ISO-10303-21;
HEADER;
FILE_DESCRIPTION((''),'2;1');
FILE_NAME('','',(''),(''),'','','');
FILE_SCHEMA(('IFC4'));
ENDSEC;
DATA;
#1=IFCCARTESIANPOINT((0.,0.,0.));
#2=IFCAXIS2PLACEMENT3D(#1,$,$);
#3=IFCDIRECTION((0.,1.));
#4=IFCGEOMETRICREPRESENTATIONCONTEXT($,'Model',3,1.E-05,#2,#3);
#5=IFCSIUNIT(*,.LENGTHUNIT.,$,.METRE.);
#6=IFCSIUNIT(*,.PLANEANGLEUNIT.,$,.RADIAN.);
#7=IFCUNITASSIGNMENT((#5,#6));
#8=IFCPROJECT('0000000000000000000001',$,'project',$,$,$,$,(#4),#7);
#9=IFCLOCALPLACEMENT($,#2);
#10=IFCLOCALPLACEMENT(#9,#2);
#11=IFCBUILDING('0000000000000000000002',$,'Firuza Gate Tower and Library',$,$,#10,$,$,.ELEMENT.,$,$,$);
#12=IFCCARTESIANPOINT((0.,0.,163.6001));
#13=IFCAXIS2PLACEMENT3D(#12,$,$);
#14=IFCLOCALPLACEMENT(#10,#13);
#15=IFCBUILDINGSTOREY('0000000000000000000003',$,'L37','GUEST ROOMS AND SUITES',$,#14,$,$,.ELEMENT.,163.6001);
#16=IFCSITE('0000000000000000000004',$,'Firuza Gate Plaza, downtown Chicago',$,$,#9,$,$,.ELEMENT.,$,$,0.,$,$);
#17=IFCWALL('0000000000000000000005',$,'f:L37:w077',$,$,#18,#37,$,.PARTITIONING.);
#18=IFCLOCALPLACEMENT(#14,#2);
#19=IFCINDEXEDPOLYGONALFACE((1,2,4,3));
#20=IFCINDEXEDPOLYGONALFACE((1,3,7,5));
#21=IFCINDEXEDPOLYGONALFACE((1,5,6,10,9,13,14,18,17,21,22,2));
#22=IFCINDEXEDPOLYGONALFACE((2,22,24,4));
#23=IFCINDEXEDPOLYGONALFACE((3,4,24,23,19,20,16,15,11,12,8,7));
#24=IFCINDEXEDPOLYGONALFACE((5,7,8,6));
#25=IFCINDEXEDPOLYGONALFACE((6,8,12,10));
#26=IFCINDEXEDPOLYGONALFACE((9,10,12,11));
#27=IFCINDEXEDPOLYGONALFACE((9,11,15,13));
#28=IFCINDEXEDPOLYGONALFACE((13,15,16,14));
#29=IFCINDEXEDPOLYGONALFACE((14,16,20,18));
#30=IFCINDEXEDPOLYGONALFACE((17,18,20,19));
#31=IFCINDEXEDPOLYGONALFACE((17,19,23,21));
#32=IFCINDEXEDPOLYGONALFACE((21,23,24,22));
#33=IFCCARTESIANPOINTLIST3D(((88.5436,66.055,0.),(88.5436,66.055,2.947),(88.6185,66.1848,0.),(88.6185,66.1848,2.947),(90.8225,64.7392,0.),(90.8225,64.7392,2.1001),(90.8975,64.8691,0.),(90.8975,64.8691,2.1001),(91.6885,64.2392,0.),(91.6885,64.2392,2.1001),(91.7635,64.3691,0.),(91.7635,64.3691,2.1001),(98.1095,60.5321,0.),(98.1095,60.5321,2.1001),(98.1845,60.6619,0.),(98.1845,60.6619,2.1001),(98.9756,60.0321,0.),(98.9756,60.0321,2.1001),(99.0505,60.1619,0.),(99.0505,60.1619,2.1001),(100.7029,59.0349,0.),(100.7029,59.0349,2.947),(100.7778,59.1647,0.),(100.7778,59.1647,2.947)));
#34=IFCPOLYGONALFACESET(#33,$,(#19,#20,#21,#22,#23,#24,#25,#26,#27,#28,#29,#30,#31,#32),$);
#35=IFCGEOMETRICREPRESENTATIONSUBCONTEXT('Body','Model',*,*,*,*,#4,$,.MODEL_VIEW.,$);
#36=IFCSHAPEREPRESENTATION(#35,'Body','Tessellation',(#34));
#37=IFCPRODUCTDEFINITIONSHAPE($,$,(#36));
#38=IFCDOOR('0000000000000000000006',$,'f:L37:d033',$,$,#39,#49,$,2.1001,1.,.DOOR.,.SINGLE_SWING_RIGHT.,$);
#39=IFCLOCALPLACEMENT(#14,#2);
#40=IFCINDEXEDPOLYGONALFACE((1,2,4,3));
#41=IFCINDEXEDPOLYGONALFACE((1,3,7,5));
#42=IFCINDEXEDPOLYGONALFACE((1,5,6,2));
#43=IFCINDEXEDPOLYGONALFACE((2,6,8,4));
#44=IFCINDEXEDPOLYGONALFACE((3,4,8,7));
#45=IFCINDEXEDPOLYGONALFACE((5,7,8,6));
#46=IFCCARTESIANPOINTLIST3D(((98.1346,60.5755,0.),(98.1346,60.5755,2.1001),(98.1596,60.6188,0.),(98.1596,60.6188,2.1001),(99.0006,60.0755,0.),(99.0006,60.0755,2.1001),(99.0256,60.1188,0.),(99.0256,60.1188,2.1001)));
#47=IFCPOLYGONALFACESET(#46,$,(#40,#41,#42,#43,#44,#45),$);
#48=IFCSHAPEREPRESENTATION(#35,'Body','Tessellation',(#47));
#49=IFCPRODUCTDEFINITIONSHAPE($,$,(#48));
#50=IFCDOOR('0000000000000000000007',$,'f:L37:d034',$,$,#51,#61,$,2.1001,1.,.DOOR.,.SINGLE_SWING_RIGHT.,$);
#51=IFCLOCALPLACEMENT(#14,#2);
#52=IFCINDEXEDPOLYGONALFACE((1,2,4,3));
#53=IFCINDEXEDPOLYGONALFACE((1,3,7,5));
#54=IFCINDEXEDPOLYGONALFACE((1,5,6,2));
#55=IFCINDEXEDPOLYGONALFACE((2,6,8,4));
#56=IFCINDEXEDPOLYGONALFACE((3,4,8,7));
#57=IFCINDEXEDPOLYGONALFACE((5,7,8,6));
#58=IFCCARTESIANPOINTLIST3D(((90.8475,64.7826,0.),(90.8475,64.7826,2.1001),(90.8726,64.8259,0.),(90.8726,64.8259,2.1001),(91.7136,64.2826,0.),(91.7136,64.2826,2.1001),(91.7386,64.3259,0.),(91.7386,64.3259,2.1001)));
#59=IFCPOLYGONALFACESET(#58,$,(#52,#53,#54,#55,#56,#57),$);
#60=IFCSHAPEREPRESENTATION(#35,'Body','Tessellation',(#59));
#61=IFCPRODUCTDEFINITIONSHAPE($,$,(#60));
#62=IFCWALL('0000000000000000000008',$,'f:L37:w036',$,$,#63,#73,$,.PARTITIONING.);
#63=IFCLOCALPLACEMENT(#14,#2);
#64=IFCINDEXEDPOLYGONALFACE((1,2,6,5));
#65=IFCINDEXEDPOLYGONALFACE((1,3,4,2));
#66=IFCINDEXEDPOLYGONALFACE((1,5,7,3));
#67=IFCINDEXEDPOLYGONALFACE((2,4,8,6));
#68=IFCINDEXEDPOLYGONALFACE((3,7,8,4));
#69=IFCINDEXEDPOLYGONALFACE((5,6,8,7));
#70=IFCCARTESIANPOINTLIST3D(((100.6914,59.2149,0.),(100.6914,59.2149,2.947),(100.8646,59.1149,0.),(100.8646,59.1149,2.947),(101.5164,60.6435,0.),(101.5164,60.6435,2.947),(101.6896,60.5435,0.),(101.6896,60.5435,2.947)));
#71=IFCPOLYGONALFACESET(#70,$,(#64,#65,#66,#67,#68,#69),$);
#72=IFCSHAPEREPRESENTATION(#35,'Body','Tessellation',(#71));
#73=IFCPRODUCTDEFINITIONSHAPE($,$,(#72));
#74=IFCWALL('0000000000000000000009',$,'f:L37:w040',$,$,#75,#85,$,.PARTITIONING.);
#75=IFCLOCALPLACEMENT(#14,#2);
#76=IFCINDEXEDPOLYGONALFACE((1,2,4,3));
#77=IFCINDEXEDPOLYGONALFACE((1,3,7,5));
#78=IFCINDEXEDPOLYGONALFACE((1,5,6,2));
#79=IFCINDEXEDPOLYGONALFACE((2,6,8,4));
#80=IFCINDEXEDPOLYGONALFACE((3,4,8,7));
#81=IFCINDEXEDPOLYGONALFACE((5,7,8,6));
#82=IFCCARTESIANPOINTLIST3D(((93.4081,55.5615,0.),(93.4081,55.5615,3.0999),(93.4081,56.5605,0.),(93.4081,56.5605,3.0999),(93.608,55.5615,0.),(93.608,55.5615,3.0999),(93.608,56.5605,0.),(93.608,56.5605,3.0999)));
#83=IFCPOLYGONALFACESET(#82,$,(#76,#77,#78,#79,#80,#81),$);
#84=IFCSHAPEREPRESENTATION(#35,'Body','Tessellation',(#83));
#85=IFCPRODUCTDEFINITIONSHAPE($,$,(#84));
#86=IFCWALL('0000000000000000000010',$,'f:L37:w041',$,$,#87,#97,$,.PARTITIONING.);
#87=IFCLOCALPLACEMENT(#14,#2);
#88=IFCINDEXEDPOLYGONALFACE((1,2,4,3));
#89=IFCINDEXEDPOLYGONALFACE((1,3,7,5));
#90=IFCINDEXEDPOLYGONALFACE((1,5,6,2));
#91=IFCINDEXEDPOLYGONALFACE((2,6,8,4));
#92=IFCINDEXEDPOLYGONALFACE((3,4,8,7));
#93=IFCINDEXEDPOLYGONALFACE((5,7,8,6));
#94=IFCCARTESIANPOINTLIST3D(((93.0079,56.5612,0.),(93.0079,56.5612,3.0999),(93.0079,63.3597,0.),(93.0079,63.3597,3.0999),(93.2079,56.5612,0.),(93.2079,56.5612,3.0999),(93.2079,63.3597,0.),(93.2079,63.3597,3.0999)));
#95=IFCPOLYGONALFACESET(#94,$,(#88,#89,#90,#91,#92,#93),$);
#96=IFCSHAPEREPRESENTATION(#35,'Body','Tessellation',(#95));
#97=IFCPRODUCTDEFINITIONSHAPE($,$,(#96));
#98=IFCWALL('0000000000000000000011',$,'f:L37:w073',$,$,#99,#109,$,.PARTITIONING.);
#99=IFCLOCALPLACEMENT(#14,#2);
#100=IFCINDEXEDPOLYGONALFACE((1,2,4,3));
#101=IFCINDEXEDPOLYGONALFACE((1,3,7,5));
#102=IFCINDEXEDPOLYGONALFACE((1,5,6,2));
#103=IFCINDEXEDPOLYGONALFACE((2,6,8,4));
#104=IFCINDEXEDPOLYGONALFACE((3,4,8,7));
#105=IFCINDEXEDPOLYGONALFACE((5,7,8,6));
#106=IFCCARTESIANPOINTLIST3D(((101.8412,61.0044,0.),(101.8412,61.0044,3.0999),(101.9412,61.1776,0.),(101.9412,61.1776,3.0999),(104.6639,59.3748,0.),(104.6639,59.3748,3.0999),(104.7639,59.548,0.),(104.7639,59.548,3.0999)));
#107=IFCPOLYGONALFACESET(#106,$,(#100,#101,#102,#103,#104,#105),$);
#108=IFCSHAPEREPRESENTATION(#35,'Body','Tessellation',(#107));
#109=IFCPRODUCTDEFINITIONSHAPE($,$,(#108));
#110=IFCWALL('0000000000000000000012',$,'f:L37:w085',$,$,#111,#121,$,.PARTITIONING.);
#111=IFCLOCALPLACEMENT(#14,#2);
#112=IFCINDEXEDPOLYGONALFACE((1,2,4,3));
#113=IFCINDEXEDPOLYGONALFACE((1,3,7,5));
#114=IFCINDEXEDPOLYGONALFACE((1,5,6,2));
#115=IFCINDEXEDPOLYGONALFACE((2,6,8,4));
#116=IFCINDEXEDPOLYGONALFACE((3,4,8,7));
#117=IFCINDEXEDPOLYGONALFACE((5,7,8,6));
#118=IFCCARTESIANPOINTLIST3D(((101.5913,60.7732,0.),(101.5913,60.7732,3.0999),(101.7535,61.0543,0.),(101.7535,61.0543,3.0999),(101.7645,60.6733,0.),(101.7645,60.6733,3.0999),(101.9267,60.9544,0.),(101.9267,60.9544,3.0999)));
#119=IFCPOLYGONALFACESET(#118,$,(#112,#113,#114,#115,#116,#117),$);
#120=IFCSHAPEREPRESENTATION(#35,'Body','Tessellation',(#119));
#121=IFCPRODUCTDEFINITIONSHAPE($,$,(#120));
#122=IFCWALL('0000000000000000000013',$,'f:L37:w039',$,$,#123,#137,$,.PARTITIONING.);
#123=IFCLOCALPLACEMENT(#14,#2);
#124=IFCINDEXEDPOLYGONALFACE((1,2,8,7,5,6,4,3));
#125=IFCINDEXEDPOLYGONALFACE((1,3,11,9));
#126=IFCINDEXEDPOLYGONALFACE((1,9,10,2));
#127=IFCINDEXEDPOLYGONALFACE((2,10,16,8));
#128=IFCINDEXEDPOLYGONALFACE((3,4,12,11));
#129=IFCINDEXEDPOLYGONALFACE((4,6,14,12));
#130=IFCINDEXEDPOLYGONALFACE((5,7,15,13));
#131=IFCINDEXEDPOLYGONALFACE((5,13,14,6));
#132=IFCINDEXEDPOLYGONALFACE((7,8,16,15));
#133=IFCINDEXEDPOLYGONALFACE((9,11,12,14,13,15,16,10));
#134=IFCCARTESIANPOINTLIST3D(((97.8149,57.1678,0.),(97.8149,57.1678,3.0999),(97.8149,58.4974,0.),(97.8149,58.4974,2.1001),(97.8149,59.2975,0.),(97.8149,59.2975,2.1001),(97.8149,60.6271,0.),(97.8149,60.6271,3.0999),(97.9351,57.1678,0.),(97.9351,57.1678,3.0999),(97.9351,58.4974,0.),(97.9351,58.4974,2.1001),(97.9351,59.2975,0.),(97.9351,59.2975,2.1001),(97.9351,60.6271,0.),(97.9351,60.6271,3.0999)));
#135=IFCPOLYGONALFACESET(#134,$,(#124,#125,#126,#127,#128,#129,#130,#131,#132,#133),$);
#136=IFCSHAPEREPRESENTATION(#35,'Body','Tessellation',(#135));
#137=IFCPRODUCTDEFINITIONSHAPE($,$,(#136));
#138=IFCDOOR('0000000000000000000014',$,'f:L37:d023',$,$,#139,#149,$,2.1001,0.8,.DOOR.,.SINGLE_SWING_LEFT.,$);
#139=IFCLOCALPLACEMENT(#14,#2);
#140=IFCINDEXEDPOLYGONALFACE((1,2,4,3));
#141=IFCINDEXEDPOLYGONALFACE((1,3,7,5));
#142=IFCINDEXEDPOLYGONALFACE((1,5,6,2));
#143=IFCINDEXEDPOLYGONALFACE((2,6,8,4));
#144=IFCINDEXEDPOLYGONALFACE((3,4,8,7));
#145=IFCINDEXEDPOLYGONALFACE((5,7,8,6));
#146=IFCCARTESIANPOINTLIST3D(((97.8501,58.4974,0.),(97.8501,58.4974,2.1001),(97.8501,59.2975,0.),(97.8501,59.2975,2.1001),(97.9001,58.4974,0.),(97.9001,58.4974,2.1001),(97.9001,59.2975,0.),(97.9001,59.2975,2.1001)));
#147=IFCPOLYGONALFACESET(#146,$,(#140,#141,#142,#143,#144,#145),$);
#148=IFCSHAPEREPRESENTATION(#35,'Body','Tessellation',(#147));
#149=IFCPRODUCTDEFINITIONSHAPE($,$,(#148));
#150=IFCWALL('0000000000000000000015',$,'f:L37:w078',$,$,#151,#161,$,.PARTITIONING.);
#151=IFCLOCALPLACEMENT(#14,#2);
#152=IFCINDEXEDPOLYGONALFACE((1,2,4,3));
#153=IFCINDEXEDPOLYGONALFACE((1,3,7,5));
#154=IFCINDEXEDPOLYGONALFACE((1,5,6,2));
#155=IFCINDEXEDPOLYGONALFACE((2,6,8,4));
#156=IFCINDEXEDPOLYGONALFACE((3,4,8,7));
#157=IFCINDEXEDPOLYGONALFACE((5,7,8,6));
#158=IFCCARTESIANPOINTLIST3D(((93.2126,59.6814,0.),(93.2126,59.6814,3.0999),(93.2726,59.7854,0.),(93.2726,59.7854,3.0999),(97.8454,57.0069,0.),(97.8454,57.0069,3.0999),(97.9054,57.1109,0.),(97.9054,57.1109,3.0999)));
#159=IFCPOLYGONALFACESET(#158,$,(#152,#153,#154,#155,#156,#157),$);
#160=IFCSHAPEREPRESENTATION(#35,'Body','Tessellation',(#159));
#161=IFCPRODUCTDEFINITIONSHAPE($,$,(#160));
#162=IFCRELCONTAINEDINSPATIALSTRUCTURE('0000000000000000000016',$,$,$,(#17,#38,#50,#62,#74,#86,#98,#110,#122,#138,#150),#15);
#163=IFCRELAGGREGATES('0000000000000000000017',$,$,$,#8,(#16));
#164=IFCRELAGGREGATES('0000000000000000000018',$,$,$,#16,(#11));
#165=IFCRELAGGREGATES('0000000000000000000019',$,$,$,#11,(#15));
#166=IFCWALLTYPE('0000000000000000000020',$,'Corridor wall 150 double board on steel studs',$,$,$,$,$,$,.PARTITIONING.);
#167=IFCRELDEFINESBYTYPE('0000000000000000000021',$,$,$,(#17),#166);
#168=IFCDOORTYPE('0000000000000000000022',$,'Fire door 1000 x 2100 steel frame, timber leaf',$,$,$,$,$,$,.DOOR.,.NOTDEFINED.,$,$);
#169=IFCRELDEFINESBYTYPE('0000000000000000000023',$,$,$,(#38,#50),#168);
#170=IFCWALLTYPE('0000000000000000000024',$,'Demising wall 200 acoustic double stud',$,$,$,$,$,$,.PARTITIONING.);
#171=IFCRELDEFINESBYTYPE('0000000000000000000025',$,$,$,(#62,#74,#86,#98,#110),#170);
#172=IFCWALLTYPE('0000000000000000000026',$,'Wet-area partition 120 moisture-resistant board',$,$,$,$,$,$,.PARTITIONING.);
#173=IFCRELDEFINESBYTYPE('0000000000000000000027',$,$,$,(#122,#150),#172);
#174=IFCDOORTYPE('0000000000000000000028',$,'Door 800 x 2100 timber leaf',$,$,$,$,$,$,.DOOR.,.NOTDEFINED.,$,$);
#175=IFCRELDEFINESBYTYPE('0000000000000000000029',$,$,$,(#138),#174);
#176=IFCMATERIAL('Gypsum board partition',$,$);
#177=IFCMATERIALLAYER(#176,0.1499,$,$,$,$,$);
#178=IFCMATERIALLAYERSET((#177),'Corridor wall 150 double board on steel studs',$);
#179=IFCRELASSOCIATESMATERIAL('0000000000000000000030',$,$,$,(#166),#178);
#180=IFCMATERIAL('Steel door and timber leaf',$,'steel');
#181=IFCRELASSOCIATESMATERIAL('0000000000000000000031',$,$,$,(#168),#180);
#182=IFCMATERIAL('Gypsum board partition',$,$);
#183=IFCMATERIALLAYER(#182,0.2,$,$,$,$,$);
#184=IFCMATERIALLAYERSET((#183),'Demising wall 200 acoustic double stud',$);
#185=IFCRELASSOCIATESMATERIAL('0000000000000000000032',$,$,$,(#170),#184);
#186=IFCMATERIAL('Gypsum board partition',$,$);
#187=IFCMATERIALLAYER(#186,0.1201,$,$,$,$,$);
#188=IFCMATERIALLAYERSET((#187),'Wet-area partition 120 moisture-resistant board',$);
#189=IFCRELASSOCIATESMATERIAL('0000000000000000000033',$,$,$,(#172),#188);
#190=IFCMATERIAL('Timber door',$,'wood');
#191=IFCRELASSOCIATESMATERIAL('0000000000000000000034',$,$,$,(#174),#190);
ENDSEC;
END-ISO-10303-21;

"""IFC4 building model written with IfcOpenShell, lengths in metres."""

from ifc_helpers import new_model, si_unit, direction, frame, frame_2d, origin, place, context, subcontext, project, spatial, rectangle, extrude, material, layer, layer_set, type_object, element, fill, save


model = new_model("IFC4")

# Units and contexts
model_context = context("Model", 3, precision=1e-05, world=origin(), true_north=direction((0.0, 1.0)))
body_context = subcontext(model_context, "Body", "Model", "MODEL_VIEW")
ifc_project = project(units=[si_unit("LENGTHUNIT", "METRE"), si_unit("PLANEANGLEUNIT", "RADIAN")], contexts=[model_context])

# Site, building, storey
site_placement = place(None, origin())
site = spatial("IfcSite", under=ifc_project, at=site_placement, Name="Firuza Gate Plaza, downtown Chicago", CompositionType="ELEMENT", RefElevation=0.0)
building_placement = place(site_placement, origin())
building = spatial("IfcBuilding", under=site, at=building_placement, Name="Firuza Gate Tower and Library", CompositionType="ELEMENT")
storey_placement = place(building_placement, frame((0.0, 0.0, 163.6001)))
storey = spatial("IfcBuildingStorey", under=building, at=storey_placement, Name="L37", Description="GUEST ROOMS AND SUITES", CompositionType="ELEMENT", Elevation=163.6001)

# Wall, openings, doors
ifc_material_1 = material(Name="Gypsum board partition")
ifc_layer_1 = layer(ifc_material_1, 0.1499)
ifc_layer_set_1 = layer_set([ifc_layer_1], Name="Corridor wall 150 double board on steel studs")
wall_type_1 = type_object("IfcWallType", Name="Corridor wall 150 double board on steel studs", PredefinedType="PARTITIONING", material=ifc_layer_set_1)
wall_1_placement = place(storey_placement, frame((100.7402, 59.0999, 0.0), z_axis=(0.0, 0.0, 1.0), x_axis=(-0.866028, 0.499995, 0.0)))
wall_1 = element("IfcWall", 1, at=wall_1_placement, inside=storey, type_object=wall_type_1, Name="f:L37:w077", PredefinedType="PARTITIONING", context=body_context, shape_type="SweptSolid", body=[
    extrude(rectangle(XDim=14.0403, YDim=0.1499, at=frame_2d((7.02, 0.0))), origin(), (0.0, 0.0, 1.0), 2.947),
])
opening_1_placement = place(wall_1_placement, frame((1.9944, 0.0, 0.0)))
opening_1 = element("IfcOpeningElement", 2, at=opening_1_placement, cuts=wall_1, PredefinedType="OPENING", context=body_context, shape_type="SweptSolid", body=[
    extrude(rectangle(XDim=1.0, YDim=2.1001, at=frame_2d((0.5, 1.05))), frame((0.0, 0.085, 0.0), z_axis=(0.0, -1.0, 0.0), x_axis=(1.0, 0.0, 0.0)), (0.0, 0.0, 1.0), 0.1699),
])
opening_2_placement = place(wall_1_placement, frame((10.4087, 0.0, 0.0)))
opening_2 = element("IfcOpeningElement", 3, at=opening_2_placement, cuts=wall_1, PredefinedType="OPENING", context=body_context, shape_type="SweptSolid", body=[
    extrude(rectangle(XDim=1.0, YDim=2.1001, at=frame_2d((0.5, 1.05))), frame((0.0, 0.085, 0.0), z_axis=(0.0, -1.0, 0.0), x_axis=(1.0, 0.0, 0.0)), (0.0, 0.0, 1.0), 0.1699),
])
ifc_material_2 = material(Name="Steel door and timber leaf", Category="steel")
door_type_1 = type_object("IfcDoorType", Name="Fire door 1000 x 2100 steel frame, timber leaf", OperationType="NOTDEFINED", PredefinedType="DOOR", material=ifc_material_2)
door_1_placement = place(opening_1_placement, origin())
door_1 = element("IfcDoor", 4, at=door_1_placement, inside=storey, type_object=door_type_1, Name="f:L37:d033", OperationType="SINGLE_SWING_RIGHT", OverallHeight=2.1001, OverallWidth=1.0, PredefinedType="DOOR", context=body_context, shape_type="SweptSolid", body=[
    extrude(rectangle(XDim=1.0, YDim=2.1001, at=frame_2d((0.5, 1.05))), frame((0.0, 0.0249, 0.0), z_axis=(0.0, -1.0, 0.0), x_axis=(1.0, 0.0, 0.0)), (0.0, 0.0, 1.0), 0.05),
])
fill(opening_1, door_1)
door_2_placement = place(opening_2_placement, origin())
door_2 = element("IfcDoor", 5, at=door_2_placement, inside=storey, type_object=door_type_1, Name="f:L37:d034", OperationType="SINGLE_SWING_RIGHT", OverallHeight=2.1001, OverallWidth=1.0, PredefinedType="DOOR", context=body_context, shape_type="SweptSolid", body=[
    extrude(rectangle(XDim=1.0, YDim=2.1001, at=frame_2d((0.5, 1.05))), frame((0.0, 0.0249, 0.0), z_axis=(0.0, -1.0, 0.0), x_axis=(1.0, 0.0, 0.0)), (0.0, 0.0, 1.0), 0.05),
])
fill(opening_2, door_2)

# Walls
ifc_material_3 = material(Name="Gypsum board partition")
ifc_layer_2 = layer(ifc_material_3, 0.2)
ifc_layer_set_2 = layer_set([ifc_layer_2], Name="Demising wall 200 acoustic double stud")
wall_type_2 = type_object("IfcWallType", Name="Demising wall 200 acoustic double stud", PredefinedType="PARTITIONING", material=ifc_layer_set_2)
wall_2_placement = place(storey_placement, frame((100.7781, 59.165, 0.0), z_axis=(0.0, 0.0, 1.0), x_axis=(0.500103, 0.865966, 0.0)))
element("IfcWall", 6, at=wall_2_placement, inside=storey, type_object=wall_type_2, Name="f:L37:w036", PredefinedType="PARTITIONING", context=body_context, shape_type="SweptSolid", body=[
    extrude(rectangle(XDim=1.6497, YDim=0.2, at=frame_2d((0.8247, 0.0))), origin(), (0.0, 0.0, 1.0), 2.947),
])
wall_3_placement = place(storey_placement, frame((93.5081, 55.5615, 0.0), z_axis=(0.0, 0.0, 1.0), x_axis=(0.0, 1.0, 0.0)))
element("IfcWall", 7, at=wall_3_placement, inside=storey, type_object=wall_type_2, Name="f:L37:w040", PredefinedType="PARTITIONING", context=body_context, shape_type="SweptSolid", body=[
    extrude(rectangle(XDim=0.999, YDim=0.2, at=frame_2d((0.4995, 0.0))), origin(), (0.0, 0.0, 1.0), 3.0999),
])
wall_4_placement = place(storey_placement, frame((93.1079, 56.561, 0.0), z_axis=(0.0, 0.0, 1.0), x_axis=(0.0, 1.0, 0.0)))
element("IfcWall", 8, at=wall_4_placement, inside=storey, type_object=wall_type_2, Name="f:L37:w041", PredefinedType="PARTITIONING", context=body_context, shape_type="SweptSolid", body=[
    extrude(rectangle(XDim=6.7986, YDim=0.2, at=frame_2d((3.3994, 0.0))), origin(), (0.0, 0.0, 1.0), 3.0999),
])
wall_5_placement = place(storey_placement, frame((104.7139, 59.4614, 0.0), z_axis=(0.0, 0.0, 1.0), x_axis=(-0.866036, 0.499982, 0.0)))
element("IfcWall", 9, at=wall_5_placement, inside=storey, type_object=wall_type_2, Name="f:L37:w073", PredefinedType="PARTITIONING", context=body_context, shape_type="SweptSolid", body=[
    extrude(rectangle(XDim=3.2593, YDim=0.2, at=frame_2d((1.6296, 0.0))), origin(), (0.0, 0.0, 1.0), 3.0999),
])
wall_6_placement = place(storey_placement, frame((101.678, 60.7234, 0.0), z_axis=(0.0, 0.0, 1.0), x_axis=(0.499701, 0.866198, 0.0)))
element("IfcWall", 10, at=wall_6_placement, inside=storey, type_object=wall_type_2, Name="f:L37:w085", PredefinedType="PARTITIONING", context=body_context, shape_type="SweptSolid", body=[
    extrude(rectangle(XDim=0.3245, YDim=0.2, at=frame_2d((0.1621, 0.0))), origin(), (0.0, 0.0, 1.0), 3.0999),
])

# Wall, opening, door
ifc_material_4 = material(Name="Gypsum board partition")
ifc_layer_3 = layer(ifc_material_4, 0.1201)
ifc_layer_set_3 = layer_set([ifc_layer_3], Name="Wet-area partition 120 moisture-resistant board")
wall_type_3 = type_object("IfcWallType", Name="Wet-area partition 120 moisture-resistant board", PredefinedType="PARTITIONING", material=ifc_layer_set_3)
wall_7_placement = place(storey_placement, frame((97.875, 57.168, 0.0), z_axis=(0.0, 0.0, 1.0), x_axis=(0.0, 1.0, 0.0)))
wall_7 = element("IfcWall", 11, at=wall_7_placement, inside=storey, type_object=wall_type_3, Name="f:L37:w039", PredefinedType="PARTITIONING", context=body_context, shape_type="SweptSolid", body=[
    extrude(rectangle(XDim=3.4592, YDim=0.1201, at=frame_2d((1.7295, 0.0))), origin(), (0.0, 0.0, 1.0), 3.0999),
])
opening_3_placement = place(wall_7_placement, frame((1.3296, 0.0, 0.0)))
opening_3 = element("IfcOpeningElement", 12, at=opening_3_placement, cuts=wall_7, PredefinedType="OPENING", context=body_context, shape_type="SweptSolid", body=[
    extrude(rectangle(XDim=0.8, YDim=2.1001, at=frame_2d((0.3999, 1.05))), frame((0.0, 0.0701, 0.0), z_axis=(0.0, -1.0, 0.0), x_axis=(1.0, 0.0, 0.0)), (0.0, 0.0, 1.0), 0.1401),
])
ifc_material_5 = material(Name="Timber door", Category="wood")
door_type_2 = type_object("IfcDoorType", Name="Door 800 x 2100 timber leaf", OperationType="NOTDEFINED", PredefinedType="DOOR", material=ifc_material_5)
door_3_placement = place(opening_3_placement, origin())
door_3 = element("IfcDoor", 13, at=door_3_placement, inside=storey, type_object=door_type_2, Name="f:L37:d023", OperationType="SINGLE_SWING_LEFT", OverallHeight=2.1001, OverallWidth=0.8, PredefinedType="DOOR", context=body_context, shape_type="SweptSolid", body=[
    extrude(rectangle(XDim=0.8, YDim=2.1001, at=frame_2d((0.3999, 1.05))), frame((0.0, 0.0249, 0.0), z_axis=(0.0, -1.0, 0.0), x_axis=(1.0, 0.0, 0.0)), (0.0, 0.0, 1.0), 0.05),
])
fill(opening_3, door_3)

# Wall
wall_8_placement = place(storey_placement, frame((97.8755, 57.0588, 0.0), z_axis=(0.0, 0.0, 1.0), x_axis=(-0.866041, 0.499973, 0.0)))
element("IfcWall", 14, at=wall_8_placement, inside=storey, type_object=wall_type_3, Name="f:L37:w078", PredefinedType="PARTITIONING", context=body_context, shape_type="SweptSolid", body=[
    extrude(rectangle(XDim=5.3494, YDim=0.1201, at=frame_2d((2.6748, 0.0))), origin(), (0.0, 0.0, 1.0), 3.0999),
])

save(model, "model.ifc")
